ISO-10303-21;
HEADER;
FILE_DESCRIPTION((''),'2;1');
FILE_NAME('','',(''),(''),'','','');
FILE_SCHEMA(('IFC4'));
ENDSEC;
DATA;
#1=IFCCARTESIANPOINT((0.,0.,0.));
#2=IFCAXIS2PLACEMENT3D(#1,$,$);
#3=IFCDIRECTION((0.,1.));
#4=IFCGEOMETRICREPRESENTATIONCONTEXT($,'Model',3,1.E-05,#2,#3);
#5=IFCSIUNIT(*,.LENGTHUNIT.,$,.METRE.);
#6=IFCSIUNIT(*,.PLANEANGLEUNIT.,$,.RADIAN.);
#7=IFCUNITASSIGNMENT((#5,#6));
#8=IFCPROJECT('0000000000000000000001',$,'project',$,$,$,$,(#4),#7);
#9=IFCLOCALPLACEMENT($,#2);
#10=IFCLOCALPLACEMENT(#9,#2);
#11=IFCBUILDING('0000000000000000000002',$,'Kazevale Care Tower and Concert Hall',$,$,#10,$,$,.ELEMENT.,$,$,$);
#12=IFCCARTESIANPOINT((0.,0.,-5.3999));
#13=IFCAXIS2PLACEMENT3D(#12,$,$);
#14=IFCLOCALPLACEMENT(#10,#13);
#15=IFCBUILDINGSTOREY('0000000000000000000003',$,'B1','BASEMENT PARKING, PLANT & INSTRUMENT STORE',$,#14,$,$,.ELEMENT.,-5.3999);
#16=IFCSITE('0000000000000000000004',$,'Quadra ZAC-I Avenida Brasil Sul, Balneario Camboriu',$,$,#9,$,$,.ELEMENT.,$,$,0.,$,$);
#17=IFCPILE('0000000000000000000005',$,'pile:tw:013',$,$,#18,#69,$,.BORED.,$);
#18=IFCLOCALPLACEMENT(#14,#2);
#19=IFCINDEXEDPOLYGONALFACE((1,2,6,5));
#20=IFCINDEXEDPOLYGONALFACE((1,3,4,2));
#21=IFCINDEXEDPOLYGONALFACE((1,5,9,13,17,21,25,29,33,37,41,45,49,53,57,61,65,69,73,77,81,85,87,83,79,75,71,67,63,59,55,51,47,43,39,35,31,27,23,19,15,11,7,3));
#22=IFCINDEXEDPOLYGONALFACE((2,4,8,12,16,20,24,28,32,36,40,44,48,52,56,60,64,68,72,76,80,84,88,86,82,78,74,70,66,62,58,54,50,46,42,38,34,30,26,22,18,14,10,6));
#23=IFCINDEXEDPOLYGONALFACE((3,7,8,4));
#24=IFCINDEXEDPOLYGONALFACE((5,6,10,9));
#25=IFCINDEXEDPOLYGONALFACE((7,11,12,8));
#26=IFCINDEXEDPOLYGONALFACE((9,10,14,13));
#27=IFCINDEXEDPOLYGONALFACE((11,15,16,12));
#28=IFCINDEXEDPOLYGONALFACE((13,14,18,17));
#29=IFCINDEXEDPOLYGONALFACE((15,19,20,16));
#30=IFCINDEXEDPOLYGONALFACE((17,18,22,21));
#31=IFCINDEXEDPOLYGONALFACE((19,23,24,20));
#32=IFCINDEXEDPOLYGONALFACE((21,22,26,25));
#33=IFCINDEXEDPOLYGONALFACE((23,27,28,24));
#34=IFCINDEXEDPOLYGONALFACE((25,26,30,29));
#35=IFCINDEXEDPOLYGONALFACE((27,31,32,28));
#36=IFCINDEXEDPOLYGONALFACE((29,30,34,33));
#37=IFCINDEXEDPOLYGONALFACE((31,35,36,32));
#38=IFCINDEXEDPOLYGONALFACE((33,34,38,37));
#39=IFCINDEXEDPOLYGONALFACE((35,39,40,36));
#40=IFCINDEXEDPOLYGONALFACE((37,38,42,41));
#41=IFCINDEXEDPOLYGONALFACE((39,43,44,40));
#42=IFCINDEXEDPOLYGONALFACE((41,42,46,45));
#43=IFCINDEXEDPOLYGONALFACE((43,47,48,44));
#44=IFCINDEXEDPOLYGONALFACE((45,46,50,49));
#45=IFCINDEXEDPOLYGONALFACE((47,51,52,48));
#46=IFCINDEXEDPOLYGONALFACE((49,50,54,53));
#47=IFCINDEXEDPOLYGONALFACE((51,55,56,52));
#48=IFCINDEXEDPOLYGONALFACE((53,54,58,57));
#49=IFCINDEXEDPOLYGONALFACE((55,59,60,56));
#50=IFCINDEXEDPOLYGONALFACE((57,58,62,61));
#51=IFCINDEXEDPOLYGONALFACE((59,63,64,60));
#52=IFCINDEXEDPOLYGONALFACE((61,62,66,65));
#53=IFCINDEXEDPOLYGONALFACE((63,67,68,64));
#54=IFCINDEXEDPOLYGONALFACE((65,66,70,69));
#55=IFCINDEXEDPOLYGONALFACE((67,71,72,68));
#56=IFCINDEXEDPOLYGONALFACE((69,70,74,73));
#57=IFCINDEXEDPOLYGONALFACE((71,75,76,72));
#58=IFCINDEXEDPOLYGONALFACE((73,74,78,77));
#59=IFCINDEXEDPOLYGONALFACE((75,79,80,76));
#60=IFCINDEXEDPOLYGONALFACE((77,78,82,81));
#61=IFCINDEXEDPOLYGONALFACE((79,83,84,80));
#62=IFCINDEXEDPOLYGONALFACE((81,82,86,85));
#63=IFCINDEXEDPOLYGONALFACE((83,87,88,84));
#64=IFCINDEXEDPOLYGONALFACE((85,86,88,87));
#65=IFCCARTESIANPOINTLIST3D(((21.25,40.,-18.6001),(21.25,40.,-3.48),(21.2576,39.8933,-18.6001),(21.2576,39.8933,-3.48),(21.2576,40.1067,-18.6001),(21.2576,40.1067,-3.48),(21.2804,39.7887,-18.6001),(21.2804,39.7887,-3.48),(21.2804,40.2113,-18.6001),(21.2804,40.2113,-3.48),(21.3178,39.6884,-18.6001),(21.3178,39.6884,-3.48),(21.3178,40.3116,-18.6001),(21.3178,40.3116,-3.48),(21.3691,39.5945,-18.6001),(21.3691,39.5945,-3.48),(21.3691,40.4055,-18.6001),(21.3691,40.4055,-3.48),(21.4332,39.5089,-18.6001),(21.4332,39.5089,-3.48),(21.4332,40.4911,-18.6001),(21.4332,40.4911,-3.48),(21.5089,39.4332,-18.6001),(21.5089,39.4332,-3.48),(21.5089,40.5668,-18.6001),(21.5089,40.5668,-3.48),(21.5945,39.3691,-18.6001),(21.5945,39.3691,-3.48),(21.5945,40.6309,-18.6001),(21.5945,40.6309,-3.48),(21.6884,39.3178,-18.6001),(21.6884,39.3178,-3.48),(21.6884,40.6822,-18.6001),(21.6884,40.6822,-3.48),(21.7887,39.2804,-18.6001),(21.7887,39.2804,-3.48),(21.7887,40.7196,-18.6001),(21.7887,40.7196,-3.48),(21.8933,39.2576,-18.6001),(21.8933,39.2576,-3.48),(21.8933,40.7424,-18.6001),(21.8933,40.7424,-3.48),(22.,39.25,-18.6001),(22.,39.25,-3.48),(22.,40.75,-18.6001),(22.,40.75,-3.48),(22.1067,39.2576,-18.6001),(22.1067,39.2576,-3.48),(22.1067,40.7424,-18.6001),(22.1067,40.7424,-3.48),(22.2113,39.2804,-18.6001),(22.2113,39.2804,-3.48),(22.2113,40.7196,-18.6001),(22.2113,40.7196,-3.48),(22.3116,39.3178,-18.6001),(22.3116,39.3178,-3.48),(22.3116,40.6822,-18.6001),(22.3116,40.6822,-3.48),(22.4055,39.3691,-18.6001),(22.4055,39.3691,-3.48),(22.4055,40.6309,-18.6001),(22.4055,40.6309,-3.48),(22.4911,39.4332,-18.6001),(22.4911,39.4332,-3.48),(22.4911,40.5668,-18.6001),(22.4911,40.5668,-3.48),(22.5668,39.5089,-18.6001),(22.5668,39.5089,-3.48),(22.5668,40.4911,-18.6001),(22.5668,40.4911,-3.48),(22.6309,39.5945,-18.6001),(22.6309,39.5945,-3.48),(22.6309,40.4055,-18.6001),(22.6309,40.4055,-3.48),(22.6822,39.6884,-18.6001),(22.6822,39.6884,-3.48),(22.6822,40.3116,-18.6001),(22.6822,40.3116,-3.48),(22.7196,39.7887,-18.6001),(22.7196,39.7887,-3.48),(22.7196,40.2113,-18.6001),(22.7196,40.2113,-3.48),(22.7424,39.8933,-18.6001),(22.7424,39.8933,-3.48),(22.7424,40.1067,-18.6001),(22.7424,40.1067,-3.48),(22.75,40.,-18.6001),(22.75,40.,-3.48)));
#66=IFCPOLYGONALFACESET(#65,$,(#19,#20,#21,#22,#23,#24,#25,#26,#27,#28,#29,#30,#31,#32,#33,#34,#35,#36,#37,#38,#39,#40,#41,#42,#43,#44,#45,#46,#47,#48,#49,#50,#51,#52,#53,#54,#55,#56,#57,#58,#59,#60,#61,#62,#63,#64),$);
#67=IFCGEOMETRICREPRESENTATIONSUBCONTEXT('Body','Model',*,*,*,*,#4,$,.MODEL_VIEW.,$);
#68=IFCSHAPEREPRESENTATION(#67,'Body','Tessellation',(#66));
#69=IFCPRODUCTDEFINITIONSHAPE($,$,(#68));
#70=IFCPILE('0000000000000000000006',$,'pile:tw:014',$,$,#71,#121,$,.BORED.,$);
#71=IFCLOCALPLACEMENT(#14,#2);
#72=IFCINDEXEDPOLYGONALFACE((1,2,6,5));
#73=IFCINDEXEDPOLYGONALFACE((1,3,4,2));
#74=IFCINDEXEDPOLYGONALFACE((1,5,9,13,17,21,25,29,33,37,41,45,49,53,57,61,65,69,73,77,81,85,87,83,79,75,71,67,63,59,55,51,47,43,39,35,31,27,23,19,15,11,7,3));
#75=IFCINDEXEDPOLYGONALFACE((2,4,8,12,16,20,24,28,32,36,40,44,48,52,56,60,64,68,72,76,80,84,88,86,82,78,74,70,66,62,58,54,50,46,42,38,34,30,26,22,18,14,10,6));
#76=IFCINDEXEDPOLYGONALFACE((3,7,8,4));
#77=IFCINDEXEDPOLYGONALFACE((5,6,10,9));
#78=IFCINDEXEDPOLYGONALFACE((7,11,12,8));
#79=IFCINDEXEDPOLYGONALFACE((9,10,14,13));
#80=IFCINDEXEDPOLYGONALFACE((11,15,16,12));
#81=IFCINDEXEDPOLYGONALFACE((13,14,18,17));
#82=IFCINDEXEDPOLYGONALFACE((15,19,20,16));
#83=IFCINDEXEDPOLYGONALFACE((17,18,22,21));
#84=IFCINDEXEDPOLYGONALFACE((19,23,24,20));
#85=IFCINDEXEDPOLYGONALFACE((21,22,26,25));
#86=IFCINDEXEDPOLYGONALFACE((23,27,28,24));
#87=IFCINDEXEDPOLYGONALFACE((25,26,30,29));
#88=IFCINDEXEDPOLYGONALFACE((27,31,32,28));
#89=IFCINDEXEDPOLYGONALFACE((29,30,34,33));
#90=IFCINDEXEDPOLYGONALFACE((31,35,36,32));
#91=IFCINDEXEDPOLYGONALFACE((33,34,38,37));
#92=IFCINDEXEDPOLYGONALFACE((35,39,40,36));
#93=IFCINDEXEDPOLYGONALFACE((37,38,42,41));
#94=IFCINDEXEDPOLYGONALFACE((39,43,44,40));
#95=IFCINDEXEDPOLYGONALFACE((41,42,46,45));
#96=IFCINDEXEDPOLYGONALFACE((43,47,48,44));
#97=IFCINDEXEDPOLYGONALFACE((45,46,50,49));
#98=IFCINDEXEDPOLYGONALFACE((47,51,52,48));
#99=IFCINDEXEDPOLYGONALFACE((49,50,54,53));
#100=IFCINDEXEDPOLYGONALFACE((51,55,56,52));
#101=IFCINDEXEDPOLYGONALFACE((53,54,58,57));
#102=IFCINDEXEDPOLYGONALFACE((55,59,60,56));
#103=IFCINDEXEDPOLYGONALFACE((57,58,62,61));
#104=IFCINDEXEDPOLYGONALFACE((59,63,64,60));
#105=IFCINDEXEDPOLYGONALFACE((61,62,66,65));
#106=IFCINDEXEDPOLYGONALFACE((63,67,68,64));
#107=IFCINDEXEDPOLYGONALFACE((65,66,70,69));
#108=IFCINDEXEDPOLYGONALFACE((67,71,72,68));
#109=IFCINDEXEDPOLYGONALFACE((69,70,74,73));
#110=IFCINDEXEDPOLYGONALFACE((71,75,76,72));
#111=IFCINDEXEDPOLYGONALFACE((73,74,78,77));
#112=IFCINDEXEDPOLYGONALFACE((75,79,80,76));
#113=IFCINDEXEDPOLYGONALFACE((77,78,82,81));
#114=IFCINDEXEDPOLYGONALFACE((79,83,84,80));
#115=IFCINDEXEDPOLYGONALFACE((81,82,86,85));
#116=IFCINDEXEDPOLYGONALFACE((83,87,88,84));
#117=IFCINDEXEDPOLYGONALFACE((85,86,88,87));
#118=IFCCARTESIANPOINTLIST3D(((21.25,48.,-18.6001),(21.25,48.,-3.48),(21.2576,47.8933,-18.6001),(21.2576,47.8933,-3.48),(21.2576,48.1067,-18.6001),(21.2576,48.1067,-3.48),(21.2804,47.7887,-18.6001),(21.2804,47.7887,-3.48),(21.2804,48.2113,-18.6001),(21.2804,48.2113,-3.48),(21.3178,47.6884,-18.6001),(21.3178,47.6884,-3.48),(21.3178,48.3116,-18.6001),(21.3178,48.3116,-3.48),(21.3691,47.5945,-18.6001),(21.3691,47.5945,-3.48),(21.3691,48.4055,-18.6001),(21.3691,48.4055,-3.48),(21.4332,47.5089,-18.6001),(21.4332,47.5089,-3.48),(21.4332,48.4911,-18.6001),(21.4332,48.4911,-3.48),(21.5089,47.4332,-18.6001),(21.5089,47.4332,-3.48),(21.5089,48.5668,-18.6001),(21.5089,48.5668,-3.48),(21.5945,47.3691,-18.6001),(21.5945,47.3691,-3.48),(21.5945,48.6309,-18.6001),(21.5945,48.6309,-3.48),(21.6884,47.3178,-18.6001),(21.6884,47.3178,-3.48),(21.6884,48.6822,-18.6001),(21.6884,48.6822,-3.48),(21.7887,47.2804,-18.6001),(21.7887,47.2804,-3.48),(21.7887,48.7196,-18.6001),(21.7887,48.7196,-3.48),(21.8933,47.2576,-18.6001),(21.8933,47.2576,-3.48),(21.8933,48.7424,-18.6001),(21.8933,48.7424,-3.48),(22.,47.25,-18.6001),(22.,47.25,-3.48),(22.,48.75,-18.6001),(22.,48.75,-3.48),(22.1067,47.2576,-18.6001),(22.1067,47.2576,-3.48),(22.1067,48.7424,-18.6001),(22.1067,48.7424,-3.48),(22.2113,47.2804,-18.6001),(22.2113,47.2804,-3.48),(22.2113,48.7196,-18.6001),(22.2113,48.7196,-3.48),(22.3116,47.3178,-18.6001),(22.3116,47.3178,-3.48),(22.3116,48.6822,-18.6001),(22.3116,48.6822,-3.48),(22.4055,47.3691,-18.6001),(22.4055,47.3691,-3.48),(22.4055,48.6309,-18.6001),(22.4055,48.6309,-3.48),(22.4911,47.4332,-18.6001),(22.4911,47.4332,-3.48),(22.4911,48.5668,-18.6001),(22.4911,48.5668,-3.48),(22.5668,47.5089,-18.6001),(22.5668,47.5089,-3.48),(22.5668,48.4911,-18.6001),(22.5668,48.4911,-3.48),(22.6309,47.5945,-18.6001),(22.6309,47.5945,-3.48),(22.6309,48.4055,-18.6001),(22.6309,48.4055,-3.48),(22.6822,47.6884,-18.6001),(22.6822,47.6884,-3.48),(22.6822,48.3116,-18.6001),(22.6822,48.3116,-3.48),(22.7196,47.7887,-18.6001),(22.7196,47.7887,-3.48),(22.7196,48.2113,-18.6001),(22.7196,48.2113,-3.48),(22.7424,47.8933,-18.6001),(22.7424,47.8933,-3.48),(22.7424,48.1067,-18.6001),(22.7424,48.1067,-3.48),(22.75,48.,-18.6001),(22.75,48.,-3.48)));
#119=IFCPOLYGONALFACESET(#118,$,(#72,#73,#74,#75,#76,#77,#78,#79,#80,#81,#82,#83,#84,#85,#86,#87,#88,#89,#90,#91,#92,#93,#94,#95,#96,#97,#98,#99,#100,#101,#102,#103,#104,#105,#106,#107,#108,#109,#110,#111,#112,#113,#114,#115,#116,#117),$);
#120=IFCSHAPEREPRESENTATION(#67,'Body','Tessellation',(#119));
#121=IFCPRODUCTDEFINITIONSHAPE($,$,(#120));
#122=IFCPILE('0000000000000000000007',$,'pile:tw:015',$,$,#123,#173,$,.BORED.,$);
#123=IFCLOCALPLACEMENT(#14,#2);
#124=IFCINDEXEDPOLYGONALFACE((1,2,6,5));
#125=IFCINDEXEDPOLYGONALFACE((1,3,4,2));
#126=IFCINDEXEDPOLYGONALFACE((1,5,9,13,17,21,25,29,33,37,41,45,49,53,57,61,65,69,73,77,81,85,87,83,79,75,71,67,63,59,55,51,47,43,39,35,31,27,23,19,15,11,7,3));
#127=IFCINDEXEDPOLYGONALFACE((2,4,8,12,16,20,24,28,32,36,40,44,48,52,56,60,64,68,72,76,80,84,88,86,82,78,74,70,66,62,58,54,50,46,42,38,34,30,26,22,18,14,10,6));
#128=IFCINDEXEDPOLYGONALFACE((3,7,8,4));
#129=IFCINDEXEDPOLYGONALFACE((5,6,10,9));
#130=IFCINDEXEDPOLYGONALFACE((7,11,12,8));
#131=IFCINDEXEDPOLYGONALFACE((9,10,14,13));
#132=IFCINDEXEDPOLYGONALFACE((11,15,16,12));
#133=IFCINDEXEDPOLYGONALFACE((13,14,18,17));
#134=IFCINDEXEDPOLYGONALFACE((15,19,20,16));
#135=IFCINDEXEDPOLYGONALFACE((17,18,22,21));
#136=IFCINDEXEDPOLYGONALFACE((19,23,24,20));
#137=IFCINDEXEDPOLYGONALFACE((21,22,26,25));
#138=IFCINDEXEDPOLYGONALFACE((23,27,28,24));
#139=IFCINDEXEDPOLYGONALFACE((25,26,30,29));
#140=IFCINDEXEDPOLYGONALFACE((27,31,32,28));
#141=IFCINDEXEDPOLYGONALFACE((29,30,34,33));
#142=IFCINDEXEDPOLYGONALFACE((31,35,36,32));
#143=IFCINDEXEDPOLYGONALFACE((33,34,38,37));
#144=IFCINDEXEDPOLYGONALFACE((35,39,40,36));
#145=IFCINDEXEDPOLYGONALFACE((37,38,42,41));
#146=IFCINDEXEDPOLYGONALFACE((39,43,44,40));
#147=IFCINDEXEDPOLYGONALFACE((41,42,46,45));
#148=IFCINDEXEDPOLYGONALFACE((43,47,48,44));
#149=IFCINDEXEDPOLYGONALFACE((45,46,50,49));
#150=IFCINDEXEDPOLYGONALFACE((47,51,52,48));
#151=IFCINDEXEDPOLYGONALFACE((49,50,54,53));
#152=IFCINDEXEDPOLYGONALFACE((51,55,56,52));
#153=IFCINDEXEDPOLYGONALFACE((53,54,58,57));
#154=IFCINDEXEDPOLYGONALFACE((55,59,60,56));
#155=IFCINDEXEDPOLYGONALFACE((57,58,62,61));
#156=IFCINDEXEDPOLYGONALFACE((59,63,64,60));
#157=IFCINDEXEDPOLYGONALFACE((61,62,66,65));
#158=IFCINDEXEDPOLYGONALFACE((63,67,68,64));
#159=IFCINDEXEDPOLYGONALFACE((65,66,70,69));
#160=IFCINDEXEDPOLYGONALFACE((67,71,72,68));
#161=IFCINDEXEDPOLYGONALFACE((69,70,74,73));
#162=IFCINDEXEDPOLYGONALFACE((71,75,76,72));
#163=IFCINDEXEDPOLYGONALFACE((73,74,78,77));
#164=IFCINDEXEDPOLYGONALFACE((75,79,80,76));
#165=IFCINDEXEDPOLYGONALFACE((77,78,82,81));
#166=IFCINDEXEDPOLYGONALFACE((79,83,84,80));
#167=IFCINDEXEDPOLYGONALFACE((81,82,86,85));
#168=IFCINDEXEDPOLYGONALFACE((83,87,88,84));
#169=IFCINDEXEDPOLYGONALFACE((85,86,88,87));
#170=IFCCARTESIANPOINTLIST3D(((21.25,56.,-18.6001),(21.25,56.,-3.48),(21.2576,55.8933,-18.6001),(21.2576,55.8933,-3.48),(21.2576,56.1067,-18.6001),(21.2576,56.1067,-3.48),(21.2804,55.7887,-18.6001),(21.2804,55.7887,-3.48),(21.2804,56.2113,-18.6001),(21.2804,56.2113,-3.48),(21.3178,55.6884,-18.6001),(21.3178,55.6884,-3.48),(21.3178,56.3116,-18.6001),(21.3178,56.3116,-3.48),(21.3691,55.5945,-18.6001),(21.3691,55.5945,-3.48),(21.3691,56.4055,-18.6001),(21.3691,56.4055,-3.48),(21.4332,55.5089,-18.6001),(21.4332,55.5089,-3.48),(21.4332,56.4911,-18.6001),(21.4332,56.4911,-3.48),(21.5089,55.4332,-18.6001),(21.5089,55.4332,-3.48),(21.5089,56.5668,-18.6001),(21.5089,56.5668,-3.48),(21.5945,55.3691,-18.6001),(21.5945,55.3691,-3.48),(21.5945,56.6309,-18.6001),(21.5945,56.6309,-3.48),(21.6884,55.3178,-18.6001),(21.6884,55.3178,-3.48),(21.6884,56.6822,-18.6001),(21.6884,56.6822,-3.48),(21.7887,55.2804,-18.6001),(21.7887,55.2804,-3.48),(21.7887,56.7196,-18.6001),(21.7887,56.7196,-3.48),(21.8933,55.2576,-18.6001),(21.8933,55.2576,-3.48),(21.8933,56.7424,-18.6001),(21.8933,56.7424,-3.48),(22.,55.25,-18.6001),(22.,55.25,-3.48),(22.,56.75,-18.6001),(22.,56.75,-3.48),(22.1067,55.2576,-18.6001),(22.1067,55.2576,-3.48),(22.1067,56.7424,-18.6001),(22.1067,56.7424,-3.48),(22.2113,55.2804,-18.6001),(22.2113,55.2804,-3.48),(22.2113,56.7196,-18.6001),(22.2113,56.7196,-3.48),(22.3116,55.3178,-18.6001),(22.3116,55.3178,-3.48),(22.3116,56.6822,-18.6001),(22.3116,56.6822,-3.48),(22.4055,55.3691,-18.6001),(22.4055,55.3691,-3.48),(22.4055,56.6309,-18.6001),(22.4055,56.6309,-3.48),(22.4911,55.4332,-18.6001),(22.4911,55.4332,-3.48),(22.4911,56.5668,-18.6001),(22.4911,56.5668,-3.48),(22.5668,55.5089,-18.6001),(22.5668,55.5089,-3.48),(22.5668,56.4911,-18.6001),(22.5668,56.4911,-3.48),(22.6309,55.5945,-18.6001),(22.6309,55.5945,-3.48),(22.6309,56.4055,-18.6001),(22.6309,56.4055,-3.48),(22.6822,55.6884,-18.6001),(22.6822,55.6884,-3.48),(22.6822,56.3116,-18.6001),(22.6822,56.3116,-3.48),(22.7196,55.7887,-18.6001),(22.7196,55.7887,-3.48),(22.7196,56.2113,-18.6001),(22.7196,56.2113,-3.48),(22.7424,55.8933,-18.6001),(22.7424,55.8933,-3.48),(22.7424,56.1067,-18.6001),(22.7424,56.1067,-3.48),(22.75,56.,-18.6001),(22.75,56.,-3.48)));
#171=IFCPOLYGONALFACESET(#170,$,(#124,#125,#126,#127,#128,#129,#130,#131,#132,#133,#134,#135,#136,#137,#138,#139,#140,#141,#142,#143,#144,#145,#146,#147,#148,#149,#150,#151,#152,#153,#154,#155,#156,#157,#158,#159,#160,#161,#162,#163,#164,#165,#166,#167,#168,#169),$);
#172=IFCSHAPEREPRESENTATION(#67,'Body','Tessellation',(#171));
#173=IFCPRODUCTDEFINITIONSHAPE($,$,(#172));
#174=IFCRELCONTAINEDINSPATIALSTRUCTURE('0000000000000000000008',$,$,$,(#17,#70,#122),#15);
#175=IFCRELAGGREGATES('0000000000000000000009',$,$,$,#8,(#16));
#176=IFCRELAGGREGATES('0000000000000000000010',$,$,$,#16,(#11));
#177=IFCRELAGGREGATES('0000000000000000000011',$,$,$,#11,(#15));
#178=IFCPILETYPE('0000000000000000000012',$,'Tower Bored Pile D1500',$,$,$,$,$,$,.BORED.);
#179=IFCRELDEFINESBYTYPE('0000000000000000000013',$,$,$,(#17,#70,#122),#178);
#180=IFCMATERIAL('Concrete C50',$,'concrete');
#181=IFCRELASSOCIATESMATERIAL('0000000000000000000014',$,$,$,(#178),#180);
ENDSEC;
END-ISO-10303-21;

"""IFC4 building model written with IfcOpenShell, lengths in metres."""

from ifc_helpers import new_model, si_unit, direction, frame, origin, origin_2d, place, context, subcontext, project, spatial, circle, extrude, material, material_profile, profile_set, type_object, element, save


model = new_model("IFC4")

# Units and contexts
model_context = context("Model", 3, precision=1e-05, world=origin(), true_north=direction((0.0, 1.0)))
body_context = subcontext(model_context, "Body", "Model", "MODEL_VIEW")
ifc_project = project(units=[si_unit("LENGTHUNIT", "METRE"), si_unit("PLANEANGLEUNIT", "RADIAN")], contexts=[model_context])

# Site, building, storey
site_placement = place(None, origin())
site = spatial("IfcSite", under=ifc_project, at=site_placement, Name="Quadra ZAC-I Avenida Brasil Sul, Balneario Camboriu", CompositionType="ELEMENT", RefElevation=0.0)
building_placement = place(site_placement, origin())
building = spatial("IfcBuilding", under=site, at=building_placement, Name="Kazevale Care Tower and Concert Hall", CompositionType="ELEMENT")
storey_placement = place(building_placement, frame((0.0, 0.0, -5.3999)))
storey = spatial("IfcBuildingStorey", under=building, at=storey_placement, Name="B1", Description="BASEMENT PARKING, PLANT & INSTRUMENT STORE", CompositionType="ELEMENT", Elevation=-5.3999)

# Shared definitions
ifc_material_1 = material(Name="Concrete C50", Category="concrete")

# Piles
ifc_material_profile_1 = material_profile(ifc_material_1, circle(Radius=0.75, at=origin_2d()), Name="PILE-D1500")
ifc_profile_set_1 = profile_set([ifc_material_profile_1], Name="Concrete C50")
pile_type = type_object("IfcPileType", Name="Tower Bored Pile D1500", PredefinedType="BORED", material=ifc_profile_set_1)
for number, where, z_axis, x_axis, name in (
    (1, (22.0, 40.0, -3.48), (0.0, 0.0, -1.0), (1.0, 0.0, 0.0), "pile:tw:013"),
    (2, (22.0, 48.0, -3.48), (0.0, 0.0, -1.0), (1.0, 0.0, 0.0), "pile:tw:014"),
    (3, (22.0, 56.0, -3.48), (0.0, 0.0, -1.0), (1.0, 0.0, 0.0), "pile:tw:015"),
):
    element("IfcPile", number, at=place(storey_placement, frame(where, z_axis=z_axis, x_axis=x_axis)), inside=storey, type_object=pile_type, Name=name, PredefinedType="BORED", context=body_context, shape_type="SweptSolid", body=[
        extrude(circle(Radius=0.75, at=origin_2d()), origin(), (0.0, 0.0, 1.0), 15.1201),
    ])

save(model, "model.ifc")
